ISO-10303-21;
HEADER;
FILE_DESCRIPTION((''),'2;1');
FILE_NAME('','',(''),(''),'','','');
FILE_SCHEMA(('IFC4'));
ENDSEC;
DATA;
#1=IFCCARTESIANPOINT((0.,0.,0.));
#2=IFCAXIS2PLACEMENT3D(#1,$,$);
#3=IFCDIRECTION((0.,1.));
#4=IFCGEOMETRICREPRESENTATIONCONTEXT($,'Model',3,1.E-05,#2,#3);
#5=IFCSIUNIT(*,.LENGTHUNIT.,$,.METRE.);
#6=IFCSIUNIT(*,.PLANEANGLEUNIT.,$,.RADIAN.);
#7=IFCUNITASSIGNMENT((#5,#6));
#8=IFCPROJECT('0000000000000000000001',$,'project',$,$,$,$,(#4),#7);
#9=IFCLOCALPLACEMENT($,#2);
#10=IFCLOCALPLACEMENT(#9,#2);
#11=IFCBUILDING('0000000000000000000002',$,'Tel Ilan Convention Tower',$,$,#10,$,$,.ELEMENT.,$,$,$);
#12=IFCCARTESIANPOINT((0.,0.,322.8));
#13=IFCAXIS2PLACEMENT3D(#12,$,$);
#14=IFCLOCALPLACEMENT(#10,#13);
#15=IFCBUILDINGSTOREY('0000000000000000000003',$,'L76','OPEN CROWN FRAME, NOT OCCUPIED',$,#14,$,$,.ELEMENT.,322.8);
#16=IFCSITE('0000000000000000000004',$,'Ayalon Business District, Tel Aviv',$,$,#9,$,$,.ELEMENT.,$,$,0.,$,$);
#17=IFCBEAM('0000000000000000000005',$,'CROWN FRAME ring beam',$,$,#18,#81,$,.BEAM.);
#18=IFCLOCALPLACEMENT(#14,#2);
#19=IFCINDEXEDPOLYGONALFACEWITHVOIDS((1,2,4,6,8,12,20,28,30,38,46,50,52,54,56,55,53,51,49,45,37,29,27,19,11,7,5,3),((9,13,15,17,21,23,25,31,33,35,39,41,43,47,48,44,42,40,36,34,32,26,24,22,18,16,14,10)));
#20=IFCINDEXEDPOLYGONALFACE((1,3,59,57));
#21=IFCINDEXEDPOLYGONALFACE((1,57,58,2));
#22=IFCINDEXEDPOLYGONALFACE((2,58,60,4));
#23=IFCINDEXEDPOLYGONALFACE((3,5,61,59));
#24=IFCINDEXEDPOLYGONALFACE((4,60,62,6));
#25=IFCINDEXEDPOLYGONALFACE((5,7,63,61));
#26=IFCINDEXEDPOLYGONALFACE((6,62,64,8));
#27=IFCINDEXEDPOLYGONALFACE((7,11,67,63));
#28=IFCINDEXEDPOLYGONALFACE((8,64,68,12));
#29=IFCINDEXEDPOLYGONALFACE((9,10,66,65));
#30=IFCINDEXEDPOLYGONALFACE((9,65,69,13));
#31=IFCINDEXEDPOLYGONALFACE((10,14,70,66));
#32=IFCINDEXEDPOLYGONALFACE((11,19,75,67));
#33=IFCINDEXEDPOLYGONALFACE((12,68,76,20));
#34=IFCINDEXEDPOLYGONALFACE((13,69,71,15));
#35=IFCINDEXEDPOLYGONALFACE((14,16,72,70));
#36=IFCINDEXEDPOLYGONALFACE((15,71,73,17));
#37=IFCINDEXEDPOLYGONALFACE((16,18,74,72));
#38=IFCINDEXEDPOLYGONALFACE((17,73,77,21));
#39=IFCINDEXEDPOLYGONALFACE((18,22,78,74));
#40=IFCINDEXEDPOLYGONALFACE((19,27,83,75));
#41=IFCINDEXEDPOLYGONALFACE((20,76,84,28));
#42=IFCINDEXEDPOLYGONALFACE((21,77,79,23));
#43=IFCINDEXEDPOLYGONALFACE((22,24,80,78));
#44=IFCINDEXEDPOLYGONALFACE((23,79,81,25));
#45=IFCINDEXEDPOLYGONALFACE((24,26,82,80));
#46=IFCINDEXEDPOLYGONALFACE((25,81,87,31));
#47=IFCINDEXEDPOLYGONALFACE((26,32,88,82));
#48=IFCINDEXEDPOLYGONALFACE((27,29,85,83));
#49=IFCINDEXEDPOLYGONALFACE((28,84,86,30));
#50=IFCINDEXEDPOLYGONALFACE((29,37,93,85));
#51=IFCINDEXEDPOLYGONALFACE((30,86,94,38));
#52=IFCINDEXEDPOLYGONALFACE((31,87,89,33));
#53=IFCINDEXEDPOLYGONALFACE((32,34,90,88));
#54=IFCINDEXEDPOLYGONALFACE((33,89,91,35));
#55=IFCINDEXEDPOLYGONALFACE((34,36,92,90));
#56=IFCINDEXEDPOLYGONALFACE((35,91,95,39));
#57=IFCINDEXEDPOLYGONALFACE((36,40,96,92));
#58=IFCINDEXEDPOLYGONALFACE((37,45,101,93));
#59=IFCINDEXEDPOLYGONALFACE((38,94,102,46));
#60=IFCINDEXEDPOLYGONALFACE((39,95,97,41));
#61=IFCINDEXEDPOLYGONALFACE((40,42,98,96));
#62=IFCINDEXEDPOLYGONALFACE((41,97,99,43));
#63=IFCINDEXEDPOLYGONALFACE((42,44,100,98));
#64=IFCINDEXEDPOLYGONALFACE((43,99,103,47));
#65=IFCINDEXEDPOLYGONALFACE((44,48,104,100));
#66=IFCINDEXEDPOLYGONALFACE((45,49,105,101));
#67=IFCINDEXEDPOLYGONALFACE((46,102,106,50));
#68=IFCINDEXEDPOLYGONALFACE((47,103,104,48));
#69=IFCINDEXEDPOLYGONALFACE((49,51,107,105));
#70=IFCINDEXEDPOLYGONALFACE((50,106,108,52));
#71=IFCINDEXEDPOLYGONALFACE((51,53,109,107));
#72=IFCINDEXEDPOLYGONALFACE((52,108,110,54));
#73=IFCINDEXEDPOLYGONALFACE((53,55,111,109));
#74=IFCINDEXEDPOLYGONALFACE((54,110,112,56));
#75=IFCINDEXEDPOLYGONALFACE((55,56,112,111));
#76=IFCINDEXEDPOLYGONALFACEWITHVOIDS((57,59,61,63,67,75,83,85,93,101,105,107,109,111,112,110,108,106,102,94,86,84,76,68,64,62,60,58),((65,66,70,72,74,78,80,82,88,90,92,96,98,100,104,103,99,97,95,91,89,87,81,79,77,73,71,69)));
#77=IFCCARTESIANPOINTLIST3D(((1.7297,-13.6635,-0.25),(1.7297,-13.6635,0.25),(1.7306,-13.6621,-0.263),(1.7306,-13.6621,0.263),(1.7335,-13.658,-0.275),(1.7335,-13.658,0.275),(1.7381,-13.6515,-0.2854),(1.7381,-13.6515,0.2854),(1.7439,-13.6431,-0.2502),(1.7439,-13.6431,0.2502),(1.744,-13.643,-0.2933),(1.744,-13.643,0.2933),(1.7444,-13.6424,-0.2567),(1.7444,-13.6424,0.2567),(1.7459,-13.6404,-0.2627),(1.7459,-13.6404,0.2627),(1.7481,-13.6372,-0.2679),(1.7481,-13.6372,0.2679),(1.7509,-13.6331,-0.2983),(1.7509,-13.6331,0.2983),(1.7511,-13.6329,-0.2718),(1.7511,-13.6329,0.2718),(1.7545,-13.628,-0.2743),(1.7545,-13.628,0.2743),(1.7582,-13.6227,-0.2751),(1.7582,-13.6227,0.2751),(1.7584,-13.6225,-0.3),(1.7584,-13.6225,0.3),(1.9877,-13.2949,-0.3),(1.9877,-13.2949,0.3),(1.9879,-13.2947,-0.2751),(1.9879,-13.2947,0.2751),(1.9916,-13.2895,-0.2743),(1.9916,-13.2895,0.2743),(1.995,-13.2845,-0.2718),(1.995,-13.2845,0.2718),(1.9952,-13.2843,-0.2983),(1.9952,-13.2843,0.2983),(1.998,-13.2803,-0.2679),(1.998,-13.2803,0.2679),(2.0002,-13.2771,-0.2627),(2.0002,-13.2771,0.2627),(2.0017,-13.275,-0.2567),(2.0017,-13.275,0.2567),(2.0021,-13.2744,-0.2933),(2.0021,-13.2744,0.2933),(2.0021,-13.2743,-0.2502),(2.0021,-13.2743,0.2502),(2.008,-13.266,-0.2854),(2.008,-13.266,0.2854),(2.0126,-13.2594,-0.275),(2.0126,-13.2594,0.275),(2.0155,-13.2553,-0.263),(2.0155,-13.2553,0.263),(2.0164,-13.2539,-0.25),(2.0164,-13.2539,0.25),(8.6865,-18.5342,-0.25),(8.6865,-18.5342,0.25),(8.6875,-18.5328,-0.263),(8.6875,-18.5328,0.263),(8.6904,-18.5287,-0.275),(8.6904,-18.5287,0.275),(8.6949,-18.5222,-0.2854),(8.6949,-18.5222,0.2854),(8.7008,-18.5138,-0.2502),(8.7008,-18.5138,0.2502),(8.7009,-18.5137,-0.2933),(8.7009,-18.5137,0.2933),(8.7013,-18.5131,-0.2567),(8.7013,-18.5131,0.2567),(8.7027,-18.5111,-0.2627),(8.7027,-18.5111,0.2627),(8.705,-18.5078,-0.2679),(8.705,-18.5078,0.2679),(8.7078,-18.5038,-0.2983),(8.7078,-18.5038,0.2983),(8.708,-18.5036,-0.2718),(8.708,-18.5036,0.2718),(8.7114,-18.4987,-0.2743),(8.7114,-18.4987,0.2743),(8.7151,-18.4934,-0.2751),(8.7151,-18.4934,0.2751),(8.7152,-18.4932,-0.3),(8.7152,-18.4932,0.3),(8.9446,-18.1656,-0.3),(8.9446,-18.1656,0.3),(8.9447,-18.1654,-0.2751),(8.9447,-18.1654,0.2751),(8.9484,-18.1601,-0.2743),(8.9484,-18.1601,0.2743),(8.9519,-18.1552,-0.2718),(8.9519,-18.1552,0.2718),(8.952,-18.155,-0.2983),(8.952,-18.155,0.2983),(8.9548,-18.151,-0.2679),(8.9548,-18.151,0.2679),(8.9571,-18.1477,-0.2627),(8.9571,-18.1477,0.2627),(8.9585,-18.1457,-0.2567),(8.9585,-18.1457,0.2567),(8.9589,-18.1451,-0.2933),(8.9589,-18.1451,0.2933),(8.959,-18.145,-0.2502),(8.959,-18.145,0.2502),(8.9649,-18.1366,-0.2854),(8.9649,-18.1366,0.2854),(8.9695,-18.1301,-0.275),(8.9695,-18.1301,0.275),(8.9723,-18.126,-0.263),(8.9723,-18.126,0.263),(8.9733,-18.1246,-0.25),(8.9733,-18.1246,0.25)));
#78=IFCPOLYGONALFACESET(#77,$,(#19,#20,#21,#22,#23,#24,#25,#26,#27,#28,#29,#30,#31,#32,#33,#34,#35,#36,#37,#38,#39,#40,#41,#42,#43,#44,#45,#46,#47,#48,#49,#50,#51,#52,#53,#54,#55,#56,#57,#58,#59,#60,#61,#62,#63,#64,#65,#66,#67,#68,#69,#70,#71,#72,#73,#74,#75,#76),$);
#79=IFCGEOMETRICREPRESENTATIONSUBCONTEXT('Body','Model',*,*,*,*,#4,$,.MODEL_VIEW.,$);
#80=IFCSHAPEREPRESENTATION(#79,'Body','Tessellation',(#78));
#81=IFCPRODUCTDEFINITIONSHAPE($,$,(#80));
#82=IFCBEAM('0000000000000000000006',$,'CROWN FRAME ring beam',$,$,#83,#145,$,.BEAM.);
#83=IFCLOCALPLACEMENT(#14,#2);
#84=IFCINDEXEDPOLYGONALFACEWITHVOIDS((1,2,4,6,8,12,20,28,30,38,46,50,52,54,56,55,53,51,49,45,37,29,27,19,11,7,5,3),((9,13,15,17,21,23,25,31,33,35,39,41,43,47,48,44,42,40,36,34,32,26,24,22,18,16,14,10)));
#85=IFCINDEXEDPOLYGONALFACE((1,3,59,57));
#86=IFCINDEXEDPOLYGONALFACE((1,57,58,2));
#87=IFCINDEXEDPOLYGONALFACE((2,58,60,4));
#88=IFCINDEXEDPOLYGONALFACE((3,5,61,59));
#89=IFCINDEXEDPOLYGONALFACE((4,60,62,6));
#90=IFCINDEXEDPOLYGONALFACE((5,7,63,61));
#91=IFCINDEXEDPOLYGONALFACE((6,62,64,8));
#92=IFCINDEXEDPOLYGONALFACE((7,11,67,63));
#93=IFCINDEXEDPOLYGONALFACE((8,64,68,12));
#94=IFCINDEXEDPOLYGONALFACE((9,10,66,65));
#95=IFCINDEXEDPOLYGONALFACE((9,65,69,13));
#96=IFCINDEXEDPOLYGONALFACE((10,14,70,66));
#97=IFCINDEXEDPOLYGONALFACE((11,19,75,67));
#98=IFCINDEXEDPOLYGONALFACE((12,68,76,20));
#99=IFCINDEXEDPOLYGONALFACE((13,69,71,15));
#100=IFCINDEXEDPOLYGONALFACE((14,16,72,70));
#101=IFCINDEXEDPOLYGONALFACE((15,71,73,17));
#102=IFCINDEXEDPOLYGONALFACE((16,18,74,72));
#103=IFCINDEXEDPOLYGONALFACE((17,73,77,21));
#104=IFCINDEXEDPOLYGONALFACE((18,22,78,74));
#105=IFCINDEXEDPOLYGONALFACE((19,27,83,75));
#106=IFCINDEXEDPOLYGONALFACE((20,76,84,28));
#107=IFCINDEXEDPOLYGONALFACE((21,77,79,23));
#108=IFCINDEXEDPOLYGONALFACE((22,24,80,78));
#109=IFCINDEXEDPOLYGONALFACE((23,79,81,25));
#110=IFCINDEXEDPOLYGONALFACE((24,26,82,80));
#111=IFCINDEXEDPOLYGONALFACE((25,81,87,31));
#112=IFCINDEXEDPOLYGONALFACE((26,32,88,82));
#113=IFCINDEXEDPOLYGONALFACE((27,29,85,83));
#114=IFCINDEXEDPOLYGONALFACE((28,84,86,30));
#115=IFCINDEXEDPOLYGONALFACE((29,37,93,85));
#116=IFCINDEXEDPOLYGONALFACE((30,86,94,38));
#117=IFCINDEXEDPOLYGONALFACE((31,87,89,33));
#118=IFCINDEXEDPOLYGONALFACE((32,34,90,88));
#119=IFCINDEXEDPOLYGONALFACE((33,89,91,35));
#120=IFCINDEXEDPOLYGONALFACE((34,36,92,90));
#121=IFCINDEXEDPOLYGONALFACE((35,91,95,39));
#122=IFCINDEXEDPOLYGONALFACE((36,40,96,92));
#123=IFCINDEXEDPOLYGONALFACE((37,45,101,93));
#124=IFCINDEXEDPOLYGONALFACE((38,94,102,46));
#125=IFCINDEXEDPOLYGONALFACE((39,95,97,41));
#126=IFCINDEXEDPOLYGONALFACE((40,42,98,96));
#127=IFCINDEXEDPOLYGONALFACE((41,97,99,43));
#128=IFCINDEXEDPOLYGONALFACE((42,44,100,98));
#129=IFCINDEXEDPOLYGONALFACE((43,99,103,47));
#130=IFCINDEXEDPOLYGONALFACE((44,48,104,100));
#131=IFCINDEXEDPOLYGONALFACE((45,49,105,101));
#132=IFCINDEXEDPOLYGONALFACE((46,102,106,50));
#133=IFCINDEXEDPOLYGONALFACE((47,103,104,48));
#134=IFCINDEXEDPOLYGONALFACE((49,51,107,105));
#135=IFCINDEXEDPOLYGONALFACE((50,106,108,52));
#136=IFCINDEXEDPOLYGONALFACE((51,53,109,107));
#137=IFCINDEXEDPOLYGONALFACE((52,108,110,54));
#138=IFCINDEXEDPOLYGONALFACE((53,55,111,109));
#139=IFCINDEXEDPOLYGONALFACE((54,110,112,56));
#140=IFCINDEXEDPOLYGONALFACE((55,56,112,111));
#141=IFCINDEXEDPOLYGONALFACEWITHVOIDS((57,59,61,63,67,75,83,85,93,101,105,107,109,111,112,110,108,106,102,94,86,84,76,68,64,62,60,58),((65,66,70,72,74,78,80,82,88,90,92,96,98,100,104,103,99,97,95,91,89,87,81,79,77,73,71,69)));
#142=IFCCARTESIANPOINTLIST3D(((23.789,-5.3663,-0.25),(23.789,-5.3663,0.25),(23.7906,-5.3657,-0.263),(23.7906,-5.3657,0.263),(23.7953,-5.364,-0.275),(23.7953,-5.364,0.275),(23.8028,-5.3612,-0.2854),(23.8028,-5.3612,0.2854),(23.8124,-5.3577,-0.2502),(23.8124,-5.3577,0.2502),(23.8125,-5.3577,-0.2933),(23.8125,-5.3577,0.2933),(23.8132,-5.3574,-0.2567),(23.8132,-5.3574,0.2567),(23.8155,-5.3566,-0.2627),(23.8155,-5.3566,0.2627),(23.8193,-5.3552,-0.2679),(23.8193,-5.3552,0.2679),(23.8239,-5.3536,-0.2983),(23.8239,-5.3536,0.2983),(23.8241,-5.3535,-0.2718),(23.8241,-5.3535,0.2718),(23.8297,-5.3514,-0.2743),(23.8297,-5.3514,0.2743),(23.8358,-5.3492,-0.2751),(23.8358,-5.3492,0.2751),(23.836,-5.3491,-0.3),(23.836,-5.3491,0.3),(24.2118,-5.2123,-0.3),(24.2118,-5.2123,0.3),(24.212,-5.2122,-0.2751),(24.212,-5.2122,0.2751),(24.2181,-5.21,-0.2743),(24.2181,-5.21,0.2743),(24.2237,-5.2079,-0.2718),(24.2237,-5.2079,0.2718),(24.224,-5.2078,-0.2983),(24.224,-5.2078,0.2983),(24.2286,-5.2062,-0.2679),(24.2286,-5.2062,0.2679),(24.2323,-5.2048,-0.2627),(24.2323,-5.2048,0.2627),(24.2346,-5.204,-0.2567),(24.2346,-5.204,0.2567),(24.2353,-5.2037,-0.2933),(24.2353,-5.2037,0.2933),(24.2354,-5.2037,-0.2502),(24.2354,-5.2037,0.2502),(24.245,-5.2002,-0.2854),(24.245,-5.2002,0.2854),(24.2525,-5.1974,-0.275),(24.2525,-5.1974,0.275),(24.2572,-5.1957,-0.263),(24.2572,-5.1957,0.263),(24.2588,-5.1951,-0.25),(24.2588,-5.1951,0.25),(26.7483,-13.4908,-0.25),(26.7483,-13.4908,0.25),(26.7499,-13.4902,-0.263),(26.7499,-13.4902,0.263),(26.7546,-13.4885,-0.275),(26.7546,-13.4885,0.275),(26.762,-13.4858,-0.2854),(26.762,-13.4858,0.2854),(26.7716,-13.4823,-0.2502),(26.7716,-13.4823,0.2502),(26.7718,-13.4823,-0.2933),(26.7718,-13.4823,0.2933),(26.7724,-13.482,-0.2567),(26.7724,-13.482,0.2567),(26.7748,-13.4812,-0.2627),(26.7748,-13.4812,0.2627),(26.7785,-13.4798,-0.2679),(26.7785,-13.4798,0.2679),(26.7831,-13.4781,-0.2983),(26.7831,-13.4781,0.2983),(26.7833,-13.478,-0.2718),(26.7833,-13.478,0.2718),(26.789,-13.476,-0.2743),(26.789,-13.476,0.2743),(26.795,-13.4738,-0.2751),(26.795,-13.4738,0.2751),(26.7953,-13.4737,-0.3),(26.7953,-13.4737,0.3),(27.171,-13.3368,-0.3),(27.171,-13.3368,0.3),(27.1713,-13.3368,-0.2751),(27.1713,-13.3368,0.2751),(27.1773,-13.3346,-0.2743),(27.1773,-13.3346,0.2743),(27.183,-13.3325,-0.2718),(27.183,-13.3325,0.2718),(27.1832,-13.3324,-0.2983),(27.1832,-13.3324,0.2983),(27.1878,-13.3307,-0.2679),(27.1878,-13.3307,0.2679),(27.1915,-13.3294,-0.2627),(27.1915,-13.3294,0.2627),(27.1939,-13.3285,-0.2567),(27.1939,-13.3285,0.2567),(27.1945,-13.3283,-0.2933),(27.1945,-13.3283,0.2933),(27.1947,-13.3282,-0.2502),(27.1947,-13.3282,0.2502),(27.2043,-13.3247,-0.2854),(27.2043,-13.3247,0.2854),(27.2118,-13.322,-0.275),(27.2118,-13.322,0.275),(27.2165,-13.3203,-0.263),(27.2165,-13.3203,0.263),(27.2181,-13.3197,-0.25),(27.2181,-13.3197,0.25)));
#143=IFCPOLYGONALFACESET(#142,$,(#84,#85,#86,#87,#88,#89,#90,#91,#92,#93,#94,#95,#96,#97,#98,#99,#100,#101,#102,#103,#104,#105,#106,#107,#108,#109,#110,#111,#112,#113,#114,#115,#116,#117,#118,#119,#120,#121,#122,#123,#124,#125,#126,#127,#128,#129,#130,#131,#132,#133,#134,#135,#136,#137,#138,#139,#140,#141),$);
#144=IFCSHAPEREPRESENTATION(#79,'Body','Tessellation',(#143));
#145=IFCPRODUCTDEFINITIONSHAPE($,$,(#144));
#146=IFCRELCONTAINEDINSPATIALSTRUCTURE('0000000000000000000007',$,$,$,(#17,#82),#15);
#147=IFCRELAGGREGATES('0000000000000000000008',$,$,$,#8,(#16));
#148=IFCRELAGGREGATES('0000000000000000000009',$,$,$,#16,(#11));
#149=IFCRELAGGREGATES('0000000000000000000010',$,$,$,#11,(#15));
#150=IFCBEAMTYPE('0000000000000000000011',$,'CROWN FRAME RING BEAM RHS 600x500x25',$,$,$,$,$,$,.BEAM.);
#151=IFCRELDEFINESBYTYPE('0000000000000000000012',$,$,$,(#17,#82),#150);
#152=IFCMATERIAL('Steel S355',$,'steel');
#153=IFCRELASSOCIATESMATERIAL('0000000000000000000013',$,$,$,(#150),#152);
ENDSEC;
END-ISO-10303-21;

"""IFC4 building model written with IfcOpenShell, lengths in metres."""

from ifc_helpers import new_model, si_unit, direction, frame, origin, origin_2d, place, context, subcontext, project, spatial, hollow_rectangle, extrude, material, material_profile, profile_set, type_object, element, save


model = new_model("IFC4")

# Units and contexts
model_context = context("Model", 3, precision=1e-05, world=origin(), true_north=direction((0.0, 1.0)))
body_context = subcontext(model_context, "Body", "Model", "MODEL_VIEW")
ifc_project = project(units=[si_unit("LENGTHUNIT", "METRE"), si_unit("PLANEANGLEUNIT", "RADIAN")], contexts=[model_context])

# Site, building, storey
site_placement = place(None, origin())
site = spatial("IfcSite", under=ifc_project, at=site_placement, Name="Ayalon Business District, Tel Aviv", CompositionType="ELEMENT", RefElevation=0.0)
building_placement = place(site_placement, origin())
building = spatial("IfcBuilding", under=site, at=building_placement, Name="Tel Ilan Convention Tower", CompositionType="ELEMENT")
storey_placement = place(building_placement, frame((0.0, 0.0, 322.8)))
storey = spatial("IfcBuildingStorey", under=building, at=storey_placement, Name="L76", Description="OPEN CROWN FRAME, NOT OCCUPIED", CompositionType="ELEMENT", Elevation=322.8)

# Beams
ifc_material_1 = material(Name="Steel S355", Category="steel")
ifc_material_profile_1 = material_profile(ifc_material_1, hollow_rectangle(XDim=0.5, YDim=0.6001, WallThickness=0.0249, InnerFilletRadius=0.0249, OuterFilletRadius=0.05, at=origin_2d()), Name="RHS 600x500x25")
ifc_profile_set_1 = profile_set([ifc_material_profile_1], Name="Steel S355")
beam_type = type_object("IfcBeamType", Name="CROWN FRAME RING BEAM RHS 600x500x25", PredefinedType="BEAM", material=ifc_profile_set_1)
beam_1_placement = place(storey_placement, frame((1.873, -13.4587, 0.0), z_axis=(0.819185, -0.57353, 0.0), x_axis=(0.57353, 0.819185, 0.0)))
element("IfcBeam", 1, at=beam_1_placement, inside=storey, type_object=beam_type, Name="CROWN FRAME ring beam", PredefinedType="BEAM", context=body_context, shape_type="SweptSolid", body=[
    extrude(hollow_rectangle(XDim=0.5, YDim=0.6001, WallThickness=0.0249, InnerFilletRadius=0.0249, OuterFilletRadius=0.05, at=origin_2d()), origin(), (0.0, 0.0, 1.0), 8.4924),
])
beam_2_placement = place(storey_placement, frame((26.9832, -13.4053, 0.0), z_axis=(-0.34224, 0.939613, 0.0), x_axis=(-0.939613, -0.34224, 0.0)))
element("IfcBeam", 2, at=beam_2_placement, inside=storey, type_object=beam_type, Name="CROWN FRAME ring beam", PredefinedType="BEAM", context=body_context, shape_type="SweptSolid", body=[
    extrude(hollow_rectangle(XDim=0.5, YDim=0.6001, WallThickness=0.0249, InnerFilletRadius=0.0249, OuterFilletRadius=0.05, at=origin_2d()), origin(), (0.0, 0.0, 1.0), 8.6467),
])

save(model, "model.ifc")
